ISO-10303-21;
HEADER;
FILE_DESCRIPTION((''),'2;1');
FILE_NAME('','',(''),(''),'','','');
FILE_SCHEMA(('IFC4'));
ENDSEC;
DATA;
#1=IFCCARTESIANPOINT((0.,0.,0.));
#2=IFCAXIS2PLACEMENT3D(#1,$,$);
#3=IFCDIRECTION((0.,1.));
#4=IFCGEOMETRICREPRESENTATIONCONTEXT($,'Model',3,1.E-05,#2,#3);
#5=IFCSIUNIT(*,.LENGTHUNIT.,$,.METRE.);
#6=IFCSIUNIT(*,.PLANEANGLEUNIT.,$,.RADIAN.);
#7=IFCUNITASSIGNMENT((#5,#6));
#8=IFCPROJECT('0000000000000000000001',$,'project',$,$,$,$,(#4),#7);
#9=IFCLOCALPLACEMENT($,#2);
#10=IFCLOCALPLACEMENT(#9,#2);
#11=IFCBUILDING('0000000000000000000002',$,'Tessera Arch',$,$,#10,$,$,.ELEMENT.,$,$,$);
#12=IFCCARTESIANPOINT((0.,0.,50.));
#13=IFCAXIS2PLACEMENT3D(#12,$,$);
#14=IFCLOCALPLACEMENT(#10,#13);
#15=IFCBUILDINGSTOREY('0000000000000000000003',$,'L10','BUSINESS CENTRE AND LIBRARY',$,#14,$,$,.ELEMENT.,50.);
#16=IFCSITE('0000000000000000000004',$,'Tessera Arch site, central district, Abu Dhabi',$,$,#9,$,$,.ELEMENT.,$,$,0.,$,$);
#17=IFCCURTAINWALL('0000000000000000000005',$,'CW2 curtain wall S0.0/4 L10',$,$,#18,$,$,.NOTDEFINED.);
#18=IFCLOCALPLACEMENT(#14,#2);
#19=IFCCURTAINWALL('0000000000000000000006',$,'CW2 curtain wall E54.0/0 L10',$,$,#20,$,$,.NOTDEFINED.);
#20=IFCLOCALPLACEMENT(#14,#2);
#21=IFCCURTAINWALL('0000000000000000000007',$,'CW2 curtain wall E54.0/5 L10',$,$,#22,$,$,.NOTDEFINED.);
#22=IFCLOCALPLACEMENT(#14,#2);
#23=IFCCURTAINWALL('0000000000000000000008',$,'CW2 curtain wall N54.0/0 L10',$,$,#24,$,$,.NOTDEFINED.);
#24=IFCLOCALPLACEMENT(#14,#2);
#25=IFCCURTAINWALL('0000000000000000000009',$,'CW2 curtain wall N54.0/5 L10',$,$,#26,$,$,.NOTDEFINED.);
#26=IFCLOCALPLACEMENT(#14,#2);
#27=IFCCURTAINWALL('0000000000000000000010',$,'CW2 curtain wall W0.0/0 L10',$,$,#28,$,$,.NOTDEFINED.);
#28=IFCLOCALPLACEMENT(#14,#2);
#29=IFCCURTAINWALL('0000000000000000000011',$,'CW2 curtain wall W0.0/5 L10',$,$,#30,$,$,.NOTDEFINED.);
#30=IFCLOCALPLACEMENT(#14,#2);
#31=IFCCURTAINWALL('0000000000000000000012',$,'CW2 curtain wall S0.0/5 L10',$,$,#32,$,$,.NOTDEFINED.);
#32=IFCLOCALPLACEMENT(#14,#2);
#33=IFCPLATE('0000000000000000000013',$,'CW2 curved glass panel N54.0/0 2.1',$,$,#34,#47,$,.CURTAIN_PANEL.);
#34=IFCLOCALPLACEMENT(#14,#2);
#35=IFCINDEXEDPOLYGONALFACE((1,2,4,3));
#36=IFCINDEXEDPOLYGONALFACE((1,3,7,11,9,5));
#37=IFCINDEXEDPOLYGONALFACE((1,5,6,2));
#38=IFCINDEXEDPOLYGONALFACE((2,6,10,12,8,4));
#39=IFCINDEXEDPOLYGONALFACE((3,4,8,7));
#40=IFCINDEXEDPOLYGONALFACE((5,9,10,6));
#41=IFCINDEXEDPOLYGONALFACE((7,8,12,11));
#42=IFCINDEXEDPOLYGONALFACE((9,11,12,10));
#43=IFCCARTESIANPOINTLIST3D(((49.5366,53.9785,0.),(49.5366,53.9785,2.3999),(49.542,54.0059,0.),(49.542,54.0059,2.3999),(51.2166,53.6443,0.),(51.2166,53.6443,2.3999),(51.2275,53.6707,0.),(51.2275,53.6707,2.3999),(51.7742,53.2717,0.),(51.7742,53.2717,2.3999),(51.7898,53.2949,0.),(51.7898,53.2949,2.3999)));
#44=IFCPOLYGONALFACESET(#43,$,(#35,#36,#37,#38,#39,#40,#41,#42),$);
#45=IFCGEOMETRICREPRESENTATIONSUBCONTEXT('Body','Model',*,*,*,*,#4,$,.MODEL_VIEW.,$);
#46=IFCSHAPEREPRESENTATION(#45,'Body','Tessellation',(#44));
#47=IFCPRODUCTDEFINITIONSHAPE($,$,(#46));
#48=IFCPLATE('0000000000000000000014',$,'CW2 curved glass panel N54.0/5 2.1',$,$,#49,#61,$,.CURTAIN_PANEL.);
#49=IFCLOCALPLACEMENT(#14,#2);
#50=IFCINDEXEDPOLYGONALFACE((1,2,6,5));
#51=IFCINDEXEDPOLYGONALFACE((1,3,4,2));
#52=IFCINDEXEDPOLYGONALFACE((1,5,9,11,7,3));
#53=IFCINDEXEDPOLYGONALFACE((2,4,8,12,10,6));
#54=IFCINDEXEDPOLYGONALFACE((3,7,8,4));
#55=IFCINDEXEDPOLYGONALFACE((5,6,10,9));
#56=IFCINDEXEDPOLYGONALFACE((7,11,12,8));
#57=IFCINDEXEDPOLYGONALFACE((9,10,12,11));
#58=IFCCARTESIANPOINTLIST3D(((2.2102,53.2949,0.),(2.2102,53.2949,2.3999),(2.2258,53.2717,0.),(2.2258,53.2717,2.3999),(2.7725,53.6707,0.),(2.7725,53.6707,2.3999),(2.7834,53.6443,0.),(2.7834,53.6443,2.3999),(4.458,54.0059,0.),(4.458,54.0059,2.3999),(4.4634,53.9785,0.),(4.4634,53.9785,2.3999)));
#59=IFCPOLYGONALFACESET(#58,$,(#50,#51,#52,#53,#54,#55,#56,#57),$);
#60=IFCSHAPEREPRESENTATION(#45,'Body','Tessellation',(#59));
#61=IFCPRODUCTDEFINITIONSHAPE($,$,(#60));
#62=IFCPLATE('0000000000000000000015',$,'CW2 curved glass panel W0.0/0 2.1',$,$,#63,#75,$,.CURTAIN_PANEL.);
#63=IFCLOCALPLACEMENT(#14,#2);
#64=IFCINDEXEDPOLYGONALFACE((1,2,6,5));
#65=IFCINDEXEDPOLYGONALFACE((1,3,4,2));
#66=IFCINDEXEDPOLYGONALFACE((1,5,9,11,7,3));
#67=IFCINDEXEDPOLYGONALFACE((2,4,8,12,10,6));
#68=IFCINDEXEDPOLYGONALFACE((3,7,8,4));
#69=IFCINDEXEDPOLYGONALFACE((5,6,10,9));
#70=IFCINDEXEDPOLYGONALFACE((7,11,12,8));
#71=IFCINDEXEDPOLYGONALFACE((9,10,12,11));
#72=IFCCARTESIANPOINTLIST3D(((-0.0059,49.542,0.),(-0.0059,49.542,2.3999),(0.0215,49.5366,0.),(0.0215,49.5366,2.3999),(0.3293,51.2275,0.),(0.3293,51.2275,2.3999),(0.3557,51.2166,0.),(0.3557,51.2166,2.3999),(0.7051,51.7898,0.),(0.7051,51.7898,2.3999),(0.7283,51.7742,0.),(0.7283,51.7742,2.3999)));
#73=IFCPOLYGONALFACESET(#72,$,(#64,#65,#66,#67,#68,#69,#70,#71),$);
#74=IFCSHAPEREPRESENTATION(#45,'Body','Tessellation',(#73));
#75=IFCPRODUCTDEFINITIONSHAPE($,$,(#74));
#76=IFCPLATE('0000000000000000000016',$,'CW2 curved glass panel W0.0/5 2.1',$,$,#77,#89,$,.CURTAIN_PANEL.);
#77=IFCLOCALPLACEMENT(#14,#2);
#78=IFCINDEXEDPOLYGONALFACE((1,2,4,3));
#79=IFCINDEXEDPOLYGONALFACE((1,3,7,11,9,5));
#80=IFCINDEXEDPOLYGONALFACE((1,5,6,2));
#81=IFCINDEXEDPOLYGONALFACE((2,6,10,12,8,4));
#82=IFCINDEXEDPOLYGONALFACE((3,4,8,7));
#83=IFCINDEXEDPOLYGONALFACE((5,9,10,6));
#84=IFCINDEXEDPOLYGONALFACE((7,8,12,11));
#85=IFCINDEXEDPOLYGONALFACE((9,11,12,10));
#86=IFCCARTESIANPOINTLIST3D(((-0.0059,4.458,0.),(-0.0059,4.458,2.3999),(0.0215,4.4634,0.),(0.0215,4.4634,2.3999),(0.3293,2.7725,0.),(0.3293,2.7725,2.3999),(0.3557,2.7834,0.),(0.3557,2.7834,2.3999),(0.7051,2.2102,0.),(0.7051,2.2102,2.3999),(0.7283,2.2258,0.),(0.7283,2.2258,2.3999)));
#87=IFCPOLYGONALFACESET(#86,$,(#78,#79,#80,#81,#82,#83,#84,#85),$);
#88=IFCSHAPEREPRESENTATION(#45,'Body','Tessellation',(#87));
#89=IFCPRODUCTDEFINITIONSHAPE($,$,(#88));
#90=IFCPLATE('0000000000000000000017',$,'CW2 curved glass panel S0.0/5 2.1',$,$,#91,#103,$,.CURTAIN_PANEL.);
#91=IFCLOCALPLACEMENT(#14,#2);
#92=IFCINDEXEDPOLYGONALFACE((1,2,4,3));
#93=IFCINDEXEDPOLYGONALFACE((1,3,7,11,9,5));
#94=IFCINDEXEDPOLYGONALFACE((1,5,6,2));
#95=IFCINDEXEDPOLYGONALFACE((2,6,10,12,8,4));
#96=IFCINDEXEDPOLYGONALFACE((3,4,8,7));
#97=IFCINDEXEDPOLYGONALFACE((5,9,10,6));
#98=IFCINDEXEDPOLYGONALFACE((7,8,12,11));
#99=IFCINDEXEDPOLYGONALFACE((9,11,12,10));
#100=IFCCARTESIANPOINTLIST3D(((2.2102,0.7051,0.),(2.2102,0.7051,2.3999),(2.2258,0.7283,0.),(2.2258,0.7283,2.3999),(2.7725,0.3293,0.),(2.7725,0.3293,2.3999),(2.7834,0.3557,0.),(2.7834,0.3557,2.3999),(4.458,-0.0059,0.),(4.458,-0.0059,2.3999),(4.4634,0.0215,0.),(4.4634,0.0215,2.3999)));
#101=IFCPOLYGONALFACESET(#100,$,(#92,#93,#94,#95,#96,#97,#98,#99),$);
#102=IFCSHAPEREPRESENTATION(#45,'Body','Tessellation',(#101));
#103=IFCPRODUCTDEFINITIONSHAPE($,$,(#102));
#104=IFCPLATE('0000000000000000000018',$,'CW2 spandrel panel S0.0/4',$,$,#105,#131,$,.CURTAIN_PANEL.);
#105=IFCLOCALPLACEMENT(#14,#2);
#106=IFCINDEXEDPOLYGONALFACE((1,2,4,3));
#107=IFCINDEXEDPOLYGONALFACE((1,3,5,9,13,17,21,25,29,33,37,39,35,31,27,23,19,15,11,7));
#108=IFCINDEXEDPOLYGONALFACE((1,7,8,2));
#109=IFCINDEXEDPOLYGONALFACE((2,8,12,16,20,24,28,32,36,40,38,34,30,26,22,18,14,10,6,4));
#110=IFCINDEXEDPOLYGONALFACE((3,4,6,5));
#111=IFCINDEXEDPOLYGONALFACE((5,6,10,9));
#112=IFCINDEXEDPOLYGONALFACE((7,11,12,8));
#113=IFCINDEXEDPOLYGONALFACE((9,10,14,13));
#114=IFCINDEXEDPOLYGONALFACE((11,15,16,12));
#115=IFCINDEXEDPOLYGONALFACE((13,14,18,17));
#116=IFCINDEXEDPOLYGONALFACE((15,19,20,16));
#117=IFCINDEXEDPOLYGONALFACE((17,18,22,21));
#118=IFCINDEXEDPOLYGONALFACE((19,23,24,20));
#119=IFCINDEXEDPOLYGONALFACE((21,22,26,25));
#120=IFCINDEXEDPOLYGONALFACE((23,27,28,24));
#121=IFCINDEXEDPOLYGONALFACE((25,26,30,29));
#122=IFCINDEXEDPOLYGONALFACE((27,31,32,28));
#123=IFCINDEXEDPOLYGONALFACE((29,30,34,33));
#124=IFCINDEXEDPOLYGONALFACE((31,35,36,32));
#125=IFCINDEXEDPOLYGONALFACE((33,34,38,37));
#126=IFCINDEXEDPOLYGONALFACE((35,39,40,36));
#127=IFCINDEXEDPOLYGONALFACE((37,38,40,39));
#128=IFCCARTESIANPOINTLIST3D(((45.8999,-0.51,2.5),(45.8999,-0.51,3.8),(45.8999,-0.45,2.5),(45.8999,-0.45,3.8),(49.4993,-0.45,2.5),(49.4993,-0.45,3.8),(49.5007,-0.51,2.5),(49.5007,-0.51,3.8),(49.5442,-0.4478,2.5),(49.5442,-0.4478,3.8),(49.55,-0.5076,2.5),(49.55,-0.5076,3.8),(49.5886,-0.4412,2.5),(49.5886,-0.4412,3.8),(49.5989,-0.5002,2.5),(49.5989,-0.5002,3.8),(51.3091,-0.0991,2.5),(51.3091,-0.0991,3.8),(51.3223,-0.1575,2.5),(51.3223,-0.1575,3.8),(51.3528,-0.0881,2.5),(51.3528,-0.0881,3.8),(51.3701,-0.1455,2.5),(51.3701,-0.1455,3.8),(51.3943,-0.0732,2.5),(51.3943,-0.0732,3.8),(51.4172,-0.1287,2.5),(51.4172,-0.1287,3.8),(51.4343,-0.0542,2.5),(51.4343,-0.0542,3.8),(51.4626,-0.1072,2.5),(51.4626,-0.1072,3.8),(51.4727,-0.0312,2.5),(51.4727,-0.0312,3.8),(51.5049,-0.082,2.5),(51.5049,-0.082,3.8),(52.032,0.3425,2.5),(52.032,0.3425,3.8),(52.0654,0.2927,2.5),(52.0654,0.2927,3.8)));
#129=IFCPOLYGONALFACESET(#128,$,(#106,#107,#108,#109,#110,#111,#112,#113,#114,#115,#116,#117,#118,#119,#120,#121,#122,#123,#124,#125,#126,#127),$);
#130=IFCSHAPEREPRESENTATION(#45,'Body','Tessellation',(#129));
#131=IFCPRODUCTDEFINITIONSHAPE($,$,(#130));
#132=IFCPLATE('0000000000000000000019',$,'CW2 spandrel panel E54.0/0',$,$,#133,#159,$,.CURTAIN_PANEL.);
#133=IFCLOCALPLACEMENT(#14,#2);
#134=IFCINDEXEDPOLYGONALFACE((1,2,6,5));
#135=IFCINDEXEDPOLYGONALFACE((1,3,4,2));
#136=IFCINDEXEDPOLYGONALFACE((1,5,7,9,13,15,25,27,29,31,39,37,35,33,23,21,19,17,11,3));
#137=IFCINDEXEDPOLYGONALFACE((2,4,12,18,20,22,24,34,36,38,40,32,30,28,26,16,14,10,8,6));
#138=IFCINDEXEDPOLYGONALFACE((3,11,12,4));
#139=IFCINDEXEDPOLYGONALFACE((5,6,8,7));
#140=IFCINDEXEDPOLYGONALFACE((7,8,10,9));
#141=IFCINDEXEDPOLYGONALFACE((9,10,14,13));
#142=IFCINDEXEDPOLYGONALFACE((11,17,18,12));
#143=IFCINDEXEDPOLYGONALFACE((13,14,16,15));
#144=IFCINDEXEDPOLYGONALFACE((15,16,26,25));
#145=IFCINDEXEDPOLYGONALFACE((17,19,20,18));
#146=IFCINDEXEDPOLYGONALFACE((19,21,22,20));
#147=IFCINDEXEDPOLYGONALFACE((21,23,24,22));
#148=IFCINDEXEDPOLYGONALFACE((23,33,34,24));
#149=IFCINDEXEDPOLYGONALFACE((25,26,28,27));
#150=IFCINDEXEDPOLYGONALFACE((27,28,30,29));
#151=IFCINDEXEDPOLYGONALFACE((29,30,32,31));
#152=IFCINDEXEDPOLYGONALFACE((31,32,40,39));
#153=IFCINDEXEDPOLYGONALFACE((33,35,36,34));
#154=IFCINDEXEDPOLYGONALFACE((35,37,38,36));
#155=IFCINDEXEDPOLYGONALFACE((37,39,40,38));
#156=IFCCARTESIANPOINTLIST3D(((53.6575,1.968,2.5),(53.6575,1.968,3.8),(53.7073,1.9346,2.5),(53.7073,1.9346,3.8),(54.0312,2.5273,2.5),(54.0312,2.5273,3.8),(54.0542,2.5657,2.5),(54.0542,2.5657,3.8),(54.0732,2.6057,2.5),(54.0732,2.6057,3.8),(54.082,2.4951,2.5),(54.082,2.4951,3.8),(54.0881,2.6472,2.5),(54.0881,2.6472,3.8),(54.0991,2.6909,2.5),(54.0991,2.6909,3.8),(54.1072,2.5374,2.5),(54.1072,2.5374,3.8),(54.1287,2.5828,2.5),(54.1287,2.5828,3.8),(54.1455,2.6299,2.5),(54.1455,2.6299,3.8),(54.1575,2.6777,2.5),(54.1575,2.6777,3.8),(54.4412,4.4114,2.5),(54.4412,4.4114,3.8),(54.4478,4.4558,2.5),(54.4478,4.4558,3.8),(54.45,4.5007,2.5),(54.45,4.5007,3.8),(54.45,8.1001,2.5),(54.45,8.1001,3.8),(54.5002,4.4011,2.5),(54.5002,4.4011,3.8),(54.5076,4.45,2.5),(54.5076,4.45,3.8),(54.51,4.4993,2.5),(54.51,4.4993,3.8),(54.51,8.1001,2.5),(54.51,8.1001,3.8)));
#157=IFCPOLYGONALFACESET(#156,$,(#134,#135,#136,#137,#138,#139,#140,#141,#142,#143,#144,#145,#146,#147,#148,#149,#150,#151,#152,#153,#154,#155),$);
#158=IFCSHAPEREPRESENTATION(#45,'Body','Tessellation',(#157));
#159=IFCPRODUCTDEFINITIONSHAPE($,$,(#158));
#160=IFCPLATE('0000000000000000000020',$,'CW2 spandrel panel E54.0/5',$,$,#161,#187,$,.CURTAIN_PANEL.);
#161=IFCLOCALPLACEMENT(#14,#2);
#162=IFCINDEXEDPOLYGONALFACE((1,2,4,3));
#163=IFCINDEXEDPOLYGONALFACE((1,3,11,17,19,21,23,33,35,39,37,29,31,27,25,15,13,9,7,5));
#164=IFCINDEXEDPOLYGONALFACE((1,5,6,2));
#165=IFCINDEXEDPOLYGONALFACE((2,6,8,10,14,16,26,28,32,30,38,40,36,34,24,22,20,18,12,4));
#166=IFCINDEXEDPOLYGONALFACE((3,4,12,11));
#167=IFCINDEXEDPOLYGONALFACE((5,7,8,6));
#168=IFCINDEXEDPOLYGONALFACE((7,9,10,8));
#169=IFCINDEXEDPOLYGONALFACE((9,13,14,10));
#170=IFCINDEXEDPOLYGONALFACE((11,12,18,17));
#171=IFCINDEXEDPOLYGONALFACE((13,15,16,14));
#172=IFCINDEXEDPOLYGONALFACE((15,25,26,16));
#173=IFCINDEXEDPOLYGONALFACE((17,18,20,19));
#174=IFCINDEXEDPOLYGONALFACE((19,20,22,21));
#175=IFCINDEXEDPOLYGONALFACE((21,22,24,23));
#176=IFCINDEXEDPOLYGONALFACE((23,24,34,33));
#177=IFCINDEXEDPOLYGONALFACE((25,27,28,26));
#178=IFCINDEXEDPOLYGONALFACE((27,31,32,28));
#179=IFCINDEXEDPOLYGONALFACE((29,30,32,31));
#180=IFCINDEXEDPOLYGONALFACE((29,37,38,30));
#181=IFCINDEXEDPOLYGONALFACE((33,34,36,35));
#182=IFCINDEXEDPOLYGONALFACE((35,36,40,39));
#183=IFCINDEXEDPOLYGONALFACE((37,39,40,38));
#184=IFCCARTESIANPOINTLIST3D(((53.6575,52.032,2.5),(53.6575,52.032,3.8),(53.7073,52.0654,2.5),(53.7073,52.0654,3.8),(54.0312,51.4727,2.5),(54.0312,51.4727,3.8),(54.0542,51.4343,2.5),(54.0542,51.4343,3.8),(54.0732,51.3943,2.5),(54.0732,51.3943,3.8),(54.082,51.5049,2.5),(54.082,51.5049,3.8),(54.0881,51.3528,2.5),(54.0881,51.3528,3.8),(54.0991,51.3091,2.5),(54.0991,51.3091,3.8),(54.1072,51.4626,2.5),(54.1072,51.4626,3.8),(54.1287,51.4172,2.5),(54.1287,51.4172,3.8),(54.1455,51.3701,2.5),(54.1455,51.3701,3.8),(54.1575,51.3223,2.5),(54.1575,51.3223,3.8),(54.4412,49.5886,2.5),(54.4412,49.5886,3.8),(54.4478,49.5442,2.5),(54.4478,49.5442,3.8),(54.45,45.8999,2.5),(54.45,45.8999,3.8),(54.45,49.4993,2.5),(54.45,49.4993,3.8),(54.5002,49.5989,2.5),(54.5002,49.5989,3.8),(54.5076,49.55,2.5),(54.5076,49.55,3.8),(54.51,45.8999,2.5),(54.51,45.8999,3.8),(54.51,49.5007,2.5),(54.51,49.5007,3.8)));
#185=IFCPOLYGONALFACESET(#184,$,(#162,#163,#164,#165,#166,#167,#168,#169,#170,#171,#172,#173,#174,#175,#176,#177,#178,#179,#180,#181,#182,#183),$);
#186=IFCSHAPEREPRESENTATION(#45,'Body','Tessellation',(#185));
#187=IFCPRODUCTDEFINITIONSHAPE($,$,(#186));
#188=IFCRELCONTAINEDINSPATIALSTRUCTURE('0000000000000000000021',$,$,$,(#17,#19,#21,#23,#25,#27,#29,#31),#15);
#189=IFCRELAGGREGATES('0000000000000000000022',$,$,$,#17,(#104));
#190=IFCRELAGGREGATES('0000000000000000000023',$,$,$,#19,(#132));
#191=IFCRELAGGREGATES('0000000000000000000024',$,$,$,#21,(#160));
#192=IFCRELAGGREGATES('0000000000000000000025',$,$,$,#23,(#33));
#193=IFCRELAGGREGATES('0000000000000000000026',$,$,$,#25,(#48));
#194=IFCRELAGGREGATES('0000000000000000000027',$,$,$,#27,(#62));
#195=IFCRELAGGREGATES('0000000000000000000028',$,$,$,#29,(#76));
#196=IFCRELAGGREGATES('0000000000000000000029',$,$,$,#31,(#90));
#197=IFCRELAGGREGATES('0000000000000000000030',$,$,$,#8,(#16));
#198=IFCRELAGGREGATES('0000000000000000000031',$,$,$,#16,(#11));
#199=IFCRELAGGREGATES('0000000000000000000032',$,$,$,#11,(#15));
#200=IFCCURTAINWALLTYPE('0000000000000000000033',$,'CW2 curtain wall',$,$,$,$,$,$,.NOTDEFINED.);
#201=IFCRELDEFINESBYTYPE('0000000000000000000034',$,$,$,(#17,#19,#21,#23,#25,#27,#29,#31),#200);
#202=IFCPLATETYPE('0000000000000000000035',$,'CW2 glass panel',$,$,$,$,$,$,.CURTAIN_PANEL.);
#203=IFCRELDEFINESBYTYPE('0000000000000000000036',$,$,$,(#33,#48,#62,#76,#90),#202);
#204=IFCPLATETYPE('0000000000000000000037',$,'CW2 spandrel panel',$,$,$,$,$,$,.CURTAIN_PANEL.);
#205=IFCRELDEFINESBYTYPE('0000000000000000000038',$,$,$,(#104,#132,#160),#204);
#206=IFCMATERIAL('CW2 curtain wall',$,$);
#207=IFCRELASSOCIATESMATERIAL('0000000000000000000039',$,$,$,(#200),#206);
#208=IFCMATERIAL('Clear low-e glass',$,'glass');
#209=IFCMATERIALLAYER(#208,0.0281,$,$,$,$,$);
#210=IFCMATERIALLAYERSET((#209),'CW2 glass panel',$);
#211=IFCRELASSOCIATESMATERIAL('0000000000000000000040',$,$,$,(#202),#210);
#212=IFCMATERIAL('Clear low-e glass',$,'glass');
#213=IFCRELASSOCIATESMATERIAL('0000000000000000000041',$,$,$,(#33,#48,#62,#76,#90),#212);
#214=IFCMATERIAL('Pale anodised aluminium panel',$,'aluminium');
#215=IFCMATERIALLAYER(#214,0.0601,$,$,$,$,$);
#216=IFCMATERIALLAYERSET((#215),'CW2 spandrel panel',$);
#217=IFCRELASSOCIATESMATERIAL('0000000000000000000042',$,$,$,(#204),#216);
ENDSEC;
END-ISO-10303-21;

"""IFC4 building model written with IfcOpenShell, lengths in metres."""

from ifc_helpers import new_model, si_unit, direction, frame, origin, place, context, subcontext, project, spatial, polyline, outline, extrude, material, layer, layer_set, type_object, element, aggregate, save


model = new_model("IFC4")

# Units and contexts
model_context = context("Model", 3, precision=1e-05, world=origin(), true_north=direction((0.0, 1.0)))
body_context = subcontext(model_context, "Body", "Model", "MODEL_VIEW")
ifc_project = project(units=[si_unit("LENGTHUNIT", "METRE"), si_unit("PLANEANGLEUNIT", "RADIAN")], contexts=[model_context])

# Site, building, storey
site_placement = place(None, origin())
site = spatial("IfcSite", under=ifc_project, at=site_placement, Name="Tessera Arch site, central district, Abu Dhabi", CompositionType="ELEMENT", RefElevation=0.0)
building_placement = place(site_placement, origin())
building = spatial("IfcBuilding", under=site, at=building_placement, Name="Tessera Arch", CompositionType="ELEMENT")
storey_placement = place(building_placement, frame((0.0, 0.0, 50.0)))
storey = spatial("IfcBuildingStorey", under=building, at=storey_placement, Name="L10", Description="BUSINESS CENTRE AND LIBRARY", CompositionType="ELEMENT", Elevation=50.0)

# Curtain walls
ifc_material_1 = material(Name="CW2 curtain wall")
curtain_wall_type = type_object("IfcCurtainWallType", Name="CW2 curtain wall", PredefinedType="NOTDEFINED", material=ifc_material_1)
curtain_wall_1_placement = place(storey_placement, origin())
curtain_wall_1 = element("IfcCurtainWall", 1, at=curtain_wall_1_placement, inside=storey, type_object=curtain_wall_type, Name="CW2 curtain wall S0.0/4 L10", PredefinedType="NOTDEFINED")
curtain_wall_2_placement = place(storey_placement, origin())
curtain_wall_2 = element("IfcCurtainWall", 2, at=curtain_wall_2_placement, inside=storey, type_object=curtain_wall_type, Name="CW2 curtain wall E54.0/0 L10", PredefinedType="NOTDEFINED")
curtain_wall_3_placement = place(storey_placement, origin())
curtain_wall_3 = element("IfcCurtainWall", 3, at=curtain_wall_3_placement, inside=storey, type_object=curtain_wall_type, Name="CW2 curtain wall E54.0/5 L10", PredefinedType="NOTDEFINED")
curtain_wall_4_placement = place(storey_placement, origin())
curtain_wall_4 = element("IfcCurtainWall", 4, at=curtain_wall_4_placement, inside=storey, type_object=curtain_wall_type, Name="CW2 curtain wall N54.0/0 L10", PredefinedType="NOTDEFINED")
curtain_wall_5_placement = place(storey_placement, origin())
curtain_wall_5 = element("IfcCurtainWall", 5, at=curtain_wall_5_placement, inside=storey, type_object=curtain_wall_type, Name="CW2 curtain wall N54.0/5 L10", PredefinedType="NOTDEFINED")
curtain_wall_6_placement = place(storey_placement, origin())
curtain_wall_6 = element("IfcCurtainWall", 6, at=curtain_wall_6_placement, inside=storey, type_object=curtain_wall_type, Name="CW2 curtain wall W0.0/0 L10", PredefinedType="NOTDEFINED")
curtain_wall_7_placement = place(storey_placement, origin())
curtain_wall_7 = element("IfcCurtainWall", 7, at=curtain_wall_7_placement, inside=storey, type_object=curtain_wall_type, Name="CW2 curtain wall W0.0/5 L10", PredefinedType="NOTDEFINED")
curtain_wall_8_placement = place(storey_placement, origin())
curtain_wall_8 = element("IfcCurtainWall", 8, at=curtain_wall_8_placement, inside=storey, type_object=curtain_wall_type, Name="CW2 curtain wall S0.0/5 L10", PredefinedType="NOTDEFINED")

# Plates
ifc_material_2 = material(Name="Clear low-e glass", Category="glass")
ifc_material_3 = material(Name="Clear low-e glass", Category="glass")
ifc_layer_1 = layer(ifc_material_3, 0.0281)
ifc_layer_set_1 = layer_set([ifc_layer_1], Name="CW2 glass panel")
plate_type_1 = type_object("IfcPlateType", Name="CW2 glass panel", PredefinedType="CURTAIN_PANEL", material=ifc_layer_set_1)
plate_1_placement = place(storey_placement, origin())
plate_1 = element("IfcPlate", 9, at=plate_1_placement, type_object=plate_type_1, material=ifc_material_2, Name="CW2 curved glass panel N54.0/0 2.1", PredefinedType="CURTAIN_PANEL", context=body_context, shape_type="SweptSolid", body=[
    extrude(outline(polyline([(51.2166, 53.6443), (51.7742, 53.2717), (51.7898, 53.2949), (51.2275, 53.6707), (49.542, 54.0059), (49.5366, 53.9785), (51.2166, 53.6443)])), origin(), (0.0, 0.0, 1.0), 2.3999),
])
plate_2_placement = place(storey_placement, origin())
plate_2 = element("IfcPlate", 10, at=plate_2_placement, type_object=plate_type_1, material=ifc_material_2, Name="CW2 curved glass panel N54.0/5 2.1", PredefinedType="CURTAIN_PANEL", context=body_context, shape_type="SweptSolid", body=[
    extrude(outline(polyline([(2.7834, 53.6443), (4.4634, 53.9785), (4.458, 54.0059), (2.7725, 53.6707), (2.2102, 53.2949), (2.2258, 53.2717), (2.7834, 53.6443)])), origin(), (0.0, 0.0, 1.0), 2.3999),
])
plate_3_placement = place(storey_placement, origin())
plate_3 = element("IfcPlate", 11, at=plate_3_placement, type_object=plate_type_1, material=ifc_material_2, Name="CW2 curved glass panel W0.0/0 2.1", PredefinedType="CURTAIN_PANEL", context=body_context, shape_type="SweptSolid", body=[
    extrude(outline(polyline([(0.3557, 51.2166), (0.7283, 51.7742), (0.7051, 51.7898), (0.3293, 51.2275), (-0.0059, 49.542), (0.0215, 49.5366), (0.3557, 51.2166)])), origin(), (0.0, 0.0, 1.0), 2.3999),
])
plate_4_placement = place(storey_placement, origin())
plate_4 = element("IfcPlate", 12, at=plate_4_placement, type_object=plate_type_1, material=ifc_material_2, Name="CW2 curved glass panel W0.0/5 2.1", PredefinedType="CURTAIN_PANEL", context=body_context, shape_type="SweptSolid", body=[
    extrude(outline(polyline([(0.3557, 2.7834), (0.0215, 4.4634), (-0.0059, 4.458), (0.3293, 2.7725), (0.7051, 2.2102), (0.7283, 2.2258), (0.3557, 2.7834)])), origin(), (0.0, 0.0, 1.0), 2.3999),
])
plate_5_placement = place(storey_placement, origin())
plate_5 = element("IfcPlate", 13, at=plate_5_placement, type_object=plate_type_1, material=ifc_material_2, Name="CW2 curved glass panel S0.0/5 2.1", PredefinedType="CURTAIN_PANEL", context=body_context, shape_type="SweptSolid", body=[
    extrude(outline(polyline([(2.7834, 0.3557), (2.2258, 0.7283), (2.2102, 0.7051), (2.7725, 0.3293), (4.458, -0.0059), (4.4634, 0.0215), (2.7834, 0.3557)])), origin(), (0.0, 0.0, 1.0), 2.3999),
])
ifc_material_4 = material(Name="Pale anodised aluminium panel", Category="aluminium")
ifc_layer_2 = layer(ifc_material_4, 0.0601)
ifc_layer_set_2 = layer_set([ifc_layer_2], Name="CW2 spandrel panel")
plate_type_2 = type_object("IfcPlateType", Name="CW2 spandrel panel", PredefinedType="CURTAIN_PANEL", material=ifc_layer_set_2)
plate_6_placement = place(storey_placement, frame((0.0, 0.0, 2.5)))
plate_6 = element("IfcPlate", 14, at=plate_6_placement, type_object=plate_type_2, Name="CW2 spandrel panel S0.0/4", PredefinedType="CURTAIN_PANEL", context=body_context, shape_type="SweptSolid", body=[
    extrude(outline(polyline([(49.4993, -0.45), (45.8999, -0.45), (45.8999, -0.51), (49.5007, -0.51), (49.55, -0.5076), (49.5989, -0.5002), (51.3223, -0.1575), (51.3701, -0.1455), (51.4172, -0.1287), (51.4626, -0.1072), (51.5049, -0.082), (52.0654, 0.2927), (52.032, 0.3425), (51.4727, -0.0312), (51.4343, -0.0542), (51.3943, -0.0732), (51.3528, -0.0881), (51.3091, -0.0991), (49.5886, -0.4412), (49.5442, -0.4478), (49.4993, -0.45)])), origin(), (0.0, 0.0, 1.0), 1.3),
])
aggregate(curtain_wall_1, [plate_6])
plate_7_placement = place(storey_placement, frame((0.0, 0.0, 2.5)))
plate_7 = element("IfcPlate", 15, at=plate_7_placement, type_object=plate_type_2, Name="CW2 spandrel panel E54.0/0", PredefinedType="CURTAIN_PANEL", context=body_context, shape_type="SweptSolid", body=[
    extrude(outline(polyline([(54.0312, 2.5273), (53.6575, 1.968), (53.7073, 1.9346), (54.082, 2.4951), (54.1072, 2.5374), (54.1287, 2.5828), (54.1455, 2.6299), (54.1575, 2.6777), (54.5002, 4.4011), (54.5076, 4.45), (54.51, 4.4993), (54.51, 8.1001), (54.45, 8.1001), (54.45, 4.5007), (54.4478, 4.4558), (54.4412, 4.4114), (54.0991, 2.6909), (54.0881, 2.6472), (54.0732, 2.6057), (54.0542, 2.5657), (54.0312, 2.5273)])), origin(), (0.0, 0.0, 1.0), 1.3),
])
aggregate(curtain_wall_2, [plate_7])
plate_8_placement = place(storey_placement, frame((0.0, 0.0, 2.5)))
plate_8 = element("IfcPlate", 16, at=plate_8_placement, type_object=plate_type_2, Name="CW2 spandrel panel E54.0/5", PredefinedType="CURTAIN_PANEL", context=body_context, shape_type="SweptSolid", body=[
    extrude(outline(polyline([(54.45, 49.4993), (54.45, 45.8999), (54.51, 45.8999), (54.51, 49.5007), (54.5076, 49.55), (54.5002, 49.5989), (54.1575, 51.3223), (54.1455, 51.3701), (54.1287, 51.4172), (54.1072, 51.4626), (54.082, 51.5049), (53.7073, 52.0654), (53.6575, 52.032), (54.0312, 51.4727), (54.0542, 51.4343), (54.0732, 51.3943), (54.0881, 51.3528), (54.0991, 51.3091), (54.4412, 49.5886), (54.4478, 49.5442), (54.45, 49.4993)])), origin(), (0.0, 0.0, 1.0), 1.3),
])
aggregate(curtain_wall_3, [plate_8])
aggregate(curtain_wall_4, [plate_1])
aggregate(curtain_wall_5, [plate_2])
aggregate(curtain_wall_6, [plate_3])
aggregate(curtain_wall_7, [plate_4])
aggregate(curtain_wall_8, [plate_5])

save(model, "model.ifc")
